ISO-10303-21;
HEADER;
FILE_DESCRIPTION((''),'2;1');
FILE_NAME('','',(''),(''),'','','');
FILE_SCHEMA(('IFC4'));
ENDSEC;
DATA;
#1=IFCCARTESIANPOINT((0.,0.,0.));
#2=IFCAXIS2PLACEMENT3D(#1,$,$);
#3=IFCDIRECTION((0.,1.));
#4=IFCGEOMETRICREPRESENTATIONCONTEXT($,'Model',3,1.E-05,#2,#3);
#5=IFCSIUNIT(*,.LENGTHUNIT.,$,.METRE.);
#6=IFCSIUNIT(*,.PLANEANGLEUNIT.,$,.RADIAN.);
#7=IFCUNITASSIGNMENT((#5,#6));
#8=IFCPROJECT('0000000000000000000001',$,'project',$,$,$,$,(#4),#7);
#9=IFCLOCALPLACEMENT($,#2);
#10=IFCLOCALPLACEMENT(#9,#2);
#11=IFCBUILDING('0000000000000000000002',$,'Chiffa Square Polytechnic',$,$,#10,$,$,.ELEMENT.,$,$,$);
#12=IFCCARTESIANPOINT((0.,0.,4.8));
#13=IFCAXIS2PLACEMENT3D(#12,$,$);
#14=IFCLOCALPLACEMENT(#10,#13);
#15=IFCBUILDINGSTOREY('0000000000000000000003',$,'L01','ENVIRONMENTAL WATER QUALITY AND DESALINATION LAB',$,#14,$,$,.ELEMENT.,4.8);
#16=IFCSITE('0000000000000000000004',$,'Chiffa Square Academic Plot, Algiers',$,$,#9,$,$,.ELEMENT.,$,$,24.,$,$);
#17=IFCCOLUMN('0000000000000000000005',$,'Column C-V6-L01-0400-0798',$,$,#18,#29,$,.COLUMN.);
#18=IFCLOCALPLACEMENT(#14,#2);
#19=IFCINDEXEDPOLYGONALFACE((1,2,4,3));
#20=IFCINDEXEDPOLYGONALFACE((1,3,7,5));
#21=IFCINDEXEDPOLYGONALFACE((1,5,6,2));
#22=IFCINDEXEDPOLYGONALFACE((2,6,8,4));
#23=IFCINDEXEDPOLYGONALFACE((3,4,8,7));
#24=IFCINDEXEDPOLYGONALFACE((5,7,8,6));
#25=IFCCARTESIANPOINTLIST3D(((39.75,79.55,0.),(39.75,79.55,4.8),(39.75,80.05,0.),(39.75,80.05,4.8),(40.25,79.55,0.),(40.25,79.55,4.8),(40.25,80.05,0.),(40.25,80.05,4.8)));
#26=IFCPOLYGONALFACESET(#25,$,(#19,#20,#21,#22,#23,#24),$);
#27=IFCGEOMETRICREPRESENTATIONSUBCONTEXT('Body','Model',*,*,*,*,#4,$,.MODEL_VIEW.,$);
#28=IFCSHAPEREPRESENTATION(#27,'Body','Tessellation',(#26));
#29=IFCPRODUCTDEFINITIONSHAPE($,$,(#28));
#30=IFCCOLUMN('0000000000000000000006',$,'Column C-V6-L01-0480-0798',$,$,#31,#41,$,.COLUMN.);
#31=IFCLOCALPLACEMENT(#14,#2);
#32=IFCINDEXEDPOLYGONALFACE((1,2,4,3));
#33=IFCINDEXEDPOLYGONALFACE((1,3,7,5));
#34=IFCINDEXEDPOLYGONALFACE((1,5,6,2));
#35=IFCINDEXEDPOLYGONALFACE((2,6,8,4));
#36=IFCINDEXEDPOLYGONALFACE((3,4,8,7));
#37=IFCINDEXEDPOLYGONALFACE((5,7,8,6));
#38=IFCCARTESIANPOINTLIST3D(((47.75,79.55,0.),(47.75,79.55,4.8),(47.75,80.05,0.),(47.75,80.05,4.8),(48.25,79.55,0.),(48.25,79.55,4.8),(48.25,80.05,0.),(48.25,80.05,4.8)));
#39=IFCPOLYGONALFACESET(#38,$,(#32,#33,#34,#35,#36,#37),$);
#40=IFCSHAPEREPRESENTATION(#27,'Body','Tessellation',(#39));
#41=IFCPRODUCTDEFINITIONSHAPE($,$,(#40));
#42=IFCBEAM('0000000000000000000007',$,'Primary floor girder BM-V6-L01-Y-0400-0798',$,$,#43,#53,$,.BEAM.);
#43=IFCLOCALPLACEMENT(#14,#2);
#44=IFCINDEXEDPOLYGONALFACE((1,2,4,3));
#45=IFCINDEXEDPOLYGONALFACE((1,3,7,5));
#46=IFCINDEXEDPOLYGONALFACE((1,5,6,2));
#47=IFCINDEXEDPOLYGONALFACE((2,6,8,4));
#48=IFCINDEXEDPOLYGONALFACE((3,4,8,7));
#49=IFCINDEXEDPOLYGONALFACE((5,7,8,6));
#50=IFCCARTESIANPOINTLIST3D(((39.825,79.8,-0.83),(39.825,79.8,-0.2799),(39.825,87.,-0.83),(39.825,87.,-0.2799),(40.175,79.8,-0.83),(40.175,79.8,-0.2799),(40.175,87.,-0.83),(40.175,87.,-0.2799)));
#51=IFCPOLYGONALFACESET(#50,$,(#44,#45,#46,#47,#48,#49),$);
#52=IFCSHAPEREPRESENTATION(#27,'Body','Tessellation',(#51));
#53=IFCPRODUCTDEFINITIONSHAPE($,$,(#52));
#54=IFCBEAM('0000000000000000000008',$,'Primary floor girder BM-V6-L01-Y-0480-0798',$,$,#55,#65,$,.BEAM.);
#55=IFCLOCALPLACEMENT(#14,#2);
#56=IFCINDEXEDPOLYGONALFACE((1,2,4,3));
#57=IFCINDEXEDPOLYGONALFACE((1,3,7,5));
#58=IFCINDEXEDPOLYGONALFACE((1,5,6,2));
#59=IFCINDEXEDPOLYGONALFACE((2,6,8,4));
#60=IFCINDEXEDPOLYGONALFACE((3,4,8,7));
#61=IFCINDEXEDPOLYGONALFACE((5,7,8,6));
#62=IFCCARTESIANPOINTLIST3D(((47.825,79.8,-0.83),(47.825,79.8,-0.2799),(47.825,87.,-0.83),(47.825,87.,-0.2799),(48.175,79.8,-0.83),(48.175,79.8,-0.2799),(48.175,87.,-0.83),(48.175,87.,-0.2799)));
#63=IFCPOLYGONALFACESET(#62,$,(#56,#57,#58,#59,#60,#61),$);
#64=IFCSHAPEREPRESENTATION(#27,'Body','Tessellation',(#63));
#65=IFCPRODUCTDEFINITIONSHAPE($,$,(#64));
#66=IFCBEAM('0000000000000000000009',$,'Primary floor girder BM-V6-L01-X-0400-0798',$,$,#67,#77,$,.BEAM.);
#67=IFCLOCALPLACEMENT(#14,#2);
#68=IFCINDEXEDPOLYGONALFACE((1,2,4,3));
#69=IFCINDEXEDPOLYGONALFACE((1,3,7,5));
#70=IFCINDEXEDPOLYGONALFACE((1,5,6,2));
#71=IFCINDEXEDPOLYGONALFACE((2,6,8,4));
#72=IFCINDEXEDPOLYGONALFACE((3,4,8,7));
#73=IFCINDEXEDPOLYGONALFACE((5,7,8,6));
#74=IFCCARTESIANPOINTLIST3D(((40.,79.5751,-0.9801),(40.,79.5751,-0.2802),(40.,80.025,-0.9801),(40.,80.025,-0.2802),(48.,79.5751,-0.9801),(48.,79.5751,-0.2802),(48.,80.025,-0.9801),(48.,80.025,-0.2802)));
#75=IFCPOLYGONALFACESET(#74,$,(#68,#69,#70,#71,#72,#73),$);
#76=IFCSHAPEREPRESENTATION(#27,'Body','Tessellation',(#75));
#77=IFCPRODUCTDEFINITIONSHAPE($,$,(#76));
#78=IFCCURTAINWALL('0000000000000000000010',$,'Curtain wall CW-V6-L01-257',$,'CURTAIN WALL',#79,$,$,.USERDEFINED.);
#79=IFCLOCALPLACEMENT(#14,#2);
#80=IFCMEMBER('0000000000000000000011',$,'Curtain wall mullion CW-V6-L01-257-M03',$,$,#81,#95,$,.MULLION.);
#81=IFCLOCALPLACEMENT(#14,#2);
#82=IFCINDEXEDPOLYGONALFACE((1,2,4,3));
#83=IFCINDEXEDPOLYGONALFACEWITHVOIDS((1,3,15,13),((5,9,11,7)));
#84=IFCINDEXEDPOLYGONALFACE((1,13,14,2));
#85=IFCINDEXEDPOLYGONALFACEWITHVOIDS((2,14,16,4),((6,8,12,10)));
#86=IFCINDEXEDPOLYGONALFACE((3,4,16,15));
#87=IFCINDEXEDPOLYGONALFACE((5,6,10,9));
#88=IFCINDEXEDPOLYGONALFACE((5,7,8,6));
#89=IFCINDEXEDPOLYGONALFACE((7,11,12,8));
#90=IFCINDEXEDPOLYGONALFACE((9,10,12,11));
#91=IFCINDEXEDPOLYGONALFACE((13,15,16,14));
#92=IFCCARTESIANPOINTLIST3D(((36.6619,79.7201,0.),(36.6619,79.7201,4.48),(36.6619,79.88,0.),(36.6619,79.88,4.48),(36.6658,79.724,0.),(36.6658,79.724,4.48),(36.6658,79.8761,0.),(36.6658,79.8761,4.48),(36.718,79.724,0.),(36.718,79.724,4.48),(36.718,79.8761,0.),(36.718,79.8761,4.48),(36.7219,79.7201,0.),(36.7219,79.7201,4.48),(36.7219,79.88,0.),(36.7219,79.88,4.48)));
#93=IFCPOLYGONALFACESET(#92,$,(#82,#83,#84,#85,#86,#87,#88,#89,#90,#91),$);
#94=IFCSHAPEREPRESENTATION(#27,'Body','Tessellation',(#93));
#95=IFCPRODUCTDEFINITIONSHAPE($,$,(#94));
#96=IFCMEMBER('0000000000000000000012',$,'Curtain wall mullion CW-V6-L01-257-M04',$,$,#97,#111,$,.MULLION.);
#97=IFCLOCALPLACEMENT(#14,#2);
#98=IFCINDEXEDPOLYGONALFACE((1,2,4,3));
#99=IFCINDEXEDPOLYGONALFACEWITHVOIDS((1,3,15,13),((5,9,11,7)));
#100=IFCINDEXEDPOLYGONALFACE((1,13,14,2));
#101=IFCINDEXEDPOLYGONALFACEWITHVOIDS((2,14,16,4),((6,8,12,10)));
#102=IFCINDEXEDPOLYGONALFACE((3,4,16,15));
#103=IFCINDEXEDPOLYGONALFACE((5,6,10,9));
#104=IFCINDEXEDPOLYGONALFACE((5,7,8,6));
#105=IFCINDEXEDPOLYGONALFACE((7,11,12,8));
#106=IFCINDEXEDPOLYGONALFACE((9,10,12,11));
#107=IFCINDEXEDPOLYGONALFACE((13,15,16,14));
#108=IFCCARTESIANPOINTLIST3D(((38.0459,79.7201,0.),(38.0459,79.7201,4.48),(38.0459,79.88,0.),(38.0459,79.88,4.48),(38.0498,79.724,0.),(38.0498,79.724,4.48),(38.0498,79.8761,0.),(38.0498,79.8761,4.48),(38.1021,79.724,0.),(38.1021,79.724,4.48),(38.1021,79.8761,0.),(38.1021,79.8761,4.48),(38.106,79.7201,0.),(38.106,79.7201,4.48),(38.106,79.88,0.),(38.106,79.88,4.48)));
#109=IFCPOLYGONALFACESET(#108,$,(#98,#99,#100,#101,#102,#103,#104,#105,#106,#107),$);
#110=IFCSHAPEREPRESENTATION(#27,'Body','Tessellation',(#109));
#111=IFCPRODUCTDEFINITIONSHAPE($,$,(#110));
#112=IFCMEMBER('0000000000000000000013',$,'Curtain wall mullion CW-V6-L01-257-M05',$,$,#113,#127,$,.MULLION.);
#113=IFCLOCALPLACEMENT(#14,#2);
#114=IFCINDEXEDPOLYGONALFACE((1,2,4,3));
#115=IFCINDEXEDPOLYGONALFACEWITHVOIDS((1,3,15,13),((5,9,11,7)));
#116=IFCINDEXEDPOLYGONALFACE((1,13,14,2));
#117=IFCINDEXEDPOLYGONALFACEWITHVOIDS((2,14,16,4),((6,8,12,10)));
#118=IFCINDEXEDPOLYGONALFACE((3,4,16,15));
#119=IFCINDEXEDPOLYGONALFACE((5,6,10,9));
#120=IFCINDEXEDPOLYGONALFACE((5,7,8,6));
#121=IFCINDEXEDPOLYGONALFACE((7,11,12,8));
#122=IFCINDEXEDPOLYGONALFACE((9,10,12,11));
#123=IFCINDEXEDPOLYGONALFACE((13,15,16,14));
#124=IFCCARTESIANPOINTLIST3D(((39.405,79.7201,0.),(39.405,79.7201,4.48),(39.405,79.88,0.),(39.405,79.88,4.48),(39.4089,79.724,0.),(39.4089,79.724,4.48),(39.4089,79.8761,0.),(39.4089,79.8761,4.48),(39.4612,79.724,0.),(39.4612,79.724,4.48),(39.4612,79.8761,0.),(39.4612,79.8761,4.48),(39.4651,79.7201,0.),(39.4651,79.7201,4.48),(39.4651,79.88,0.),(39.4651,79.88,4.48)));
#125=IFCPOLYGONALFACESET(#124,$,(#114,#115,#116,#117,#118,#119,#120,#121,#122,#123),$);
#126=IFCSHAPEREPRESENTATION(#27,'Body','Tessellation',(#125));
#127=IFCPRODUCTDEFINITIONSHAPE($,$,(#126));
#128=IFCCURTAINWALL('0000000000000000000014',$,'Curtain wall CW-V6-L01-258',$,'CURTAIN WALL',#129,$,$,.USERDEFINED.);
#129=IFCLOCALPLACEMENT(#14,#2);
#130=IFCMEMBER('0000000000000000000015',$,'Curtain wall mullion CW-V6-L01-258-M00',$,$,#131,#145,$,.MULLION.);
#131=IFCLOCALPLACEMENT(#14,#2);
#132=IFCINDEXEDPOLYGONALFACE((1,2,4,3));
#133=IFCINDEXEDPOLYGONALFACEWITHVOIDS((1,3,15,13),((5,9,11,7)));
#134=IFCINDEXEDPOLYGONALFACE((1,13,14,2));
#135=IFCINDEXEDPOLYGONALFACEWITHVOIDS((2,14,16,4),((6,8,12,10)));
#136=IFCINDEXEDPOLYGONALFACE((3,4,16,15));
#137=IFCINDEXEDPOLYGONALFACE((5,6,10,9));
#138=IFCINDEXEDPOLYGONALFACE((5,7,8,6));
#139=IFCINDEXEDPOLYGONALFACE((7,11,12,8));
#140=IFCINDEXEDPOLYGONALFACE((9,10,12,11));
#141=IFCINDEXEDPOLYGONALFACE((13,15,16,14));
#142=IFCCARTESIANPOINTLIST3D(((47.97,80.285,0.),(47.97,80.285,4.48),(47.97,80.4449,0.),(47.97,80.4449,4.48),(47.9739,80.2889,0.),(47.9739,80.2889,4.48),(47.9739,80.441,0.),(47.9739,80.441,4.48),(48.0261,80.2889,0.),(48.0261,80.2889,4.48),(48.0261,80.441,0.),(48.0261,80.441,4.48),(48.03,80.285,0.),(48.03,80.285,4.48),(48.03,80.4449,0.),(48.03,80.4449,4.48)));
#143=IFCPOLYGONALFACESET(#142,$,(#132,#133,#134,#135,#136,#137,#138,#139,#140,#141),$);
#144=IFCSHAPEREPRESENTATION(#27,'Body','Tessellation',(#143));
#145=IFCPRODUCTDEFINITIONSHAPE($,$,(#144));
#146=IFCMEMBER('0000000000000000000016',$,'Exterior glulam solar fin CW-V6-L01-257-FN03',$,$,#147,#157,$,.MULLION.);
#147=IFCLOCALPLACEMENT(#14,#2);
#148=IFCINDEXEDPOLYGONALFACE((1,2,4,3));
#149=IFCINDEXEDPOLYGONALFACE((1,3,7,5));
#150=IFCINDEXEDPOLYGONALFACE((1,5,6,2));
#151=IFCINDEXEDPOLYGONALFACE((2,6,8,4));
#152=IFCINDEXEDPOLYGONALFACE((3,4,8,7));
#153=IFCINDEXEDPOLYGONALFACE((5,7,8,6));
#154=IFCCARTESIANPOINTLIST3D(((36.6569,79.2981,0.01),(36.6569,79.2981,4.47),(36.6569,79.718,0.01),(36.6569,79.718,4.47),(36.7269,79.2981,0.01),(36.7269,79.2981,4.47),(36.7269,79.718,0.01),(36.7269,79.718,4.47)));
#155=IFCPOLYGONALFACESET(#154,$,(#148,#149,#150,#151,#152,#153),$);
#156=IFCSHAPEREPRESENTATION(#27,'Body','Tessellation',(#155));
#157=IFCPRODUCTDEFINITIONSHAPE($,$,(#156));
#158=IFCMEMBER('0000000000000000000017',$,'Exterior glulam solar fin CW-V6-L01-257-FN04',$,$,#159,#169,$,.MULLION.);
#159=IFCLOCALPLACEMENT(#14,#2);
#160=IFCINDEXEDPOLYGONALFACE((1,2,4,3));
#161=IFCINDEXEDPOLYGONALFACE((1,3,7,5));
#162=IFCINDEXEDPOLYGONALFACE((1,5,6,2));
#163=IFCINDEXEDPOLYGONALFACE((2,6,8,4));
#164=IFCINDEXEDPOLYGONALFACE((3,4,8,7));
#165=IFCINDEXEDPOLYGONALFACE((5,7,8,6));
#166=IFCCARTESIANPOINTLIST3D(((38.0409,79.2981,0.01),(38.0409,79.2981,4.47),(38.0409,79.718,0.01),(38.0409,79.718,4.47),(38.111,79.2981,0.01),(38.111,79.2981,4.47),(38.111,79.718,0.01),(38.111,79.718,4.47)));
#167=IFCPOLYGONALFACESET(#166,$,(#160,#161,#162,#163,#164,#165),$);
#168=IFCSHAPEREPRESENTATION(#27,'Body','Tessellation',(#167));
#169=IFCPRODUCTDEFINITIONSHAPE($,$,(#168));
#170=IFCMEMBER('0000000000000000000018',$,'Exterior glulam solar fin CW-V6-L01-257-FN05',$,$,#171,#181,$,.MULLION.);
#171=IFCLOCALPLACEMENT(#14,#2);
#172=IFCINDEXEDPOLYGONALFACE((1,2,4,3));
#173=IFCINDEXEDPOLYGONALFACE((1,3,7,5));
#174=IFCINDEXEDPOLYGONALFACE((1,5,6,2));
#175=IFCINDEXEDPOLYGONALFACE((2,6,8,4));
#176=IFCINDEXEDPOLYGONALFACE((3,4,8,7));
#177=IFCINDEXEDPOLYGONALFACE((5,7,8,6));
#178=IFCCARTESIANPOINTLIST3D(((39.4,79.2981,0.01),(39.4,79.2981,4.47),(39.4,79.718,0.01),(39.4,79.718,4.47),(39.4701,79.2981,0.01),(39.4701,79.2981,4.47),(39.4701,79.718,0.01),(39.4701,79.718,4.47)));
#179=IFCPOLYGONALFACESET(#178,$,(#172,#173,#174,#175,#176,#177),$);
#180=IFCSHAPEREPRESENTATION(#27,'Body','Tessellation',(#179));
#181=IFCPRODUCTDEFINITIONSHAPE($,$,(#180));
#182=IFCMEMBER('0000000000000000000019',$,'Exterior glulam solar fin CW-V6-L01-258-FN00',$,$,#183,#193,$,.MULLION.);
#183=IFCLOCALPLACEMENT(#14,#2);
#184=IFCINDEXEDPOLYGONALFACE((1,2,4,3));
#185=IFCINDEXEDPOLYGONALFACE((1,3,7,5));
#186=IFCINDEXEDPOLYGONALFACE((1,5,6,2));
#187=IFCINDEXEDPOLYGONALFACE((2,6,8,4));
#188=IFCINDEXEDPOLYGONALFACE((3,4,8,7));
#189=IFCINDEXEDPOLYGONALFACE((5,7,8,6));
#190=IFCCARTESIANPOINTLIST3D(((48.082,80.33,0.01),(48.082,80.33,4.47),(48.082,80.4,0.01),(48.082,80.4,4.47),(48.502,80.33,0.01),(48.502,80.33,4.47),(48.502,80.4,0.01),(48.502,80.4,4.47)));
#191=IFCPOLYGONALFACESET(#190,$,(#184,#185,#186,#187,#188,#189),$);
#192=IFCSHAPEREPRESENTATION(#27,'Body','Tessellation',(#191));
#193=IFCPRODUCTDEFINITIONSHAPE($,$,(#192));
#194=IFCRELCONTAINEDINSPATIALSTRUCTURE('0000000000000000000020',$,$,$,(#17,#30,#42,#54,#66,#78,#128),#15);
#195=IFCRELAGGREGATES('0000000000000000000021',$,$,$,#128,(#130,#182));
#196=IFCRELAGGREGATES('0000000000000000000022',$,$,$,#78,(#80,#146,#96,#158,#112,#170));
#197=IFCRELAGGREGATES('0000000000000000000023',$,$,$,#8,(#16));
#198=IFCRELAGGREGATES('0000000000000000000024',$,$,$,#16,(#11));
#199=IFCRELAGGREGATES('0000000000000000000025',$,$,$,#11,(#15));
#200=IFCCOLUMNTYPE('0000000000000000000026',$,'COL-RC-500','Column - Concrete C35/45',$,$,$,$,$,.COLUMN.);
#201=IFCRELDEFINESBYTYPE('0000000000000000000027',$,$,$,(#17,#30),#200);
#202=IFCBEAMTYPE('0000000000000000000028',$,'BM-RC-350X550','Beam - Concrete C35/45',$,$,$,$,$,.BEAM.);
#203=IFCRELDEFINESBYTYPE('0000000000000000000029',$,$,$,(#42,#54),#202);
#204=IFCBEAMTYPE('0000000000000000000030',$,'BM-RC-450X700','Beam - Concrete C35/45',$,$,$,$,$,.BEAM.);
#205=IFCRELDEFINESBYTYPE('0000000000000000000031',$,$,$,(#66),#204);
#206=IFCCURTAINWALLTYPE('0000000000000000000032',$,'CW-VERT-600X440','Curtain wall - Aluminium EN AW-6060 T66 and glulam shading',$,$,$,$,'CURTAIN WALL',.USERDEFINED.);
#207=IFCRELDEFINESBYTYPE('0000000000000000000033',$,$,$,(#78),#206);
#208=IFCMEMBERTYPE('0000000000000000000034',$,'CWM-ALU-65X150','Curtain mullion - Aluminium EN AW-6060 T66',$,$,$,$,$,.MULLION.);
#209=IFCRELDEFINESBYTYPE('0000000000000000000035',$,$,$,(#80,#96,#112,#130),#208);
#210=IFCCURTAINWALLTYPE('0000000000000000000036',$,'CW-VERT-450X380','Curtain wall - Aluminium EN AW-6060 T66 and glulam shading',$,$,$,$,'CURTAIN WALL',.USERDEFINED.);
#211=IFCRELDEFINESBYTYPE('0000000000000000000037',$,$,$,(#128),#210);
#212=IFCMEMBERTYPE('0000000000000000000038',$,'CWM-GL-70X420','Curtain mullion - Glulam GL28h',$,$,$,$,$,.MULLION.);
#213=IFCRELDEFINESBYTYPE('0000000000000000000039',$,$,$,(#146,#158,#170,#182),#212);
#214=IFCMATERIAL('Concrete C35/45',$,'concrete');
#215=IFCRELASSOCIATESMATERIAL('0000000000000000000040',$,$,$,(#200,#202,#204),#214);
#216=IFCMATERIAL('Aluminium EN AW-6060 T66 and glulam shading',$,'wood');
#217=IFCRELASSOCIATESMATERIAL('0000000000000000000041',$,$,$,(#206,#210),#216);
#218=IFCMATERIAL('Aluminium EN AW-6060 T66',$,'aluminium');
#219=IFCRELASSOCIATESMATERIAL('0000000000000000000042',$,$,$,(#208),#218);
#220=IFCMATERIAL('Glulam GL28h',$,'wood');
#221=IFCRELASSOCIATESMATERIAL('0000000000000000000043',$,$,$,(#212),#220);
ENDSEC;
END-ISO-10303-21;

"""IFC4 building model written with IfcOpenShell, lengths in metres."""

from ifc_helpers import new_model, si_unit, direction, frame, origin, origin_2d, place, context, subcontext, project, spatial, rectangle, hollow_rectangle, extrude, material, material_profile, profile_set, type_object, element, aggregate, save


model = new_model("IFC4")

# Units and contexts
model_context = context("Model", 3, precision=1e-05, world=origin(), true_north=direction((0.0, 1.0)))
body_context = subcontext(model_context, "Body", "Model", "MODEL_VIEW")
ifc_project = project(units=[si_unit("LENGTHUNIT", "METRE"), si_unit("PLANEANGLEUNIT", "RADIAN")], contexts=[model_context])

# Site, building, storey
site_placement = place(None, origin())
site = spatial("IfcSite", under=ifc_project, at=site_placement, Name="Chiffa Square Academic Plot, Algiers", CompositionType="ELEMENT", RefElevation=24.0)
building_placement = place(site_placement, origin())
building = spatial("IfcBuilding", under=site, at=building_placement, Name="Chiffa Square Polytechnic", CompositionType="ELEMENT")
storey_placement = place(building_placement, frame((0.0, 0.0, 4.8)))
storey = spatial("IfcBuildingStorey", under=building, at=storey_placement, Name="L01", Description="ENVIRONMENTAL WATER QUALITY AND DESALINATION LAB", CompositionType="ELEMENT", Elevation=4.8)

# Columns
ifc_material_1 = material(Name="Concrete C35/45", Category="concrete")
ifc_material_profile_1 = material_profile(ifc_material_1, rectangle(XDim=0.5, YDim=0.5, at=origin_2d()), Name="RC 500x500")
ifc_profile_set_1 = profile_set([ifc_material_profile_1], Name="Concrete C35/45")
column_type = type_object("IfcColumnType", Name="COL-RC-500", Description="Column - Concrete C35/45", PredefinedType="COLUMN", material=ifc_profile_set_1)
for number, where, z_axis, x_axis, name in (
    (1, (40.0, 79.8, 0.0), (0.0, 0.0, 1.0), (1.0, 0.0, 0.0), "Column C-V6-L01-0400-0798"),
    (2, (48.0, 79.8, 0.0), (0.0, 0.0, 1.0), (1.0, 0.0, 0.0), "Column C-V6-L01-0480-0798"),
):
    element("IfcColumn", number, at=place(storey_placement, frame(where, z_axis=z_axis, x_axis=x_axis)), inside=storey, type_object=column_type, Name=name, PredefinedType="COLUMN", context=body_context, shape_type="SweptSolid", body=[
        extrude(rectangle(XDim=0.5, YDim=0.5, at=origin_2d()), origin(), (0.0, 0.0, 1.0), 4.8),
    ])

# Beams
ifc_material_profile_2 = material_profile(ifc_material_1, rectangle(XDim=0.3501, YDim=0.55, at=origin_2d()), Name="RC 350x550")
ifc_profile_set_2 = profile_set([ifc_material_profile_2], Name="Concrete C35/45")
beam_type_1 = type_object("IfcBeamType", Name="BM-RC-350X550", Description="Beam - Concrete C35/45", PredefinedType="BEAM", material=ifc_profile_set_2)
for number, where, z_axis, x_axis, name in (
    (3, (40.0, 79.8, -0.5549), (0.0, 1.0, 0.0), (-1.0, 0.0, 0.0), "Primary floor girder BM-V6-L01-Y-0400-0798"),
    (4, (48.0, 79.8, -0.5549), (0.0, 1.0, 0.0), (-1.0, 0.0, 0.0), "Primary floor girder BM-V6-L01-Y-0480-0798"),
):
    element("IfcBeam", number, at=place(storey_placement, frame(where, z_axis=z_axis, x_axis=x_axis)), inside=storey, type_object=beam_type_1, Name=name, PredefinedType="BEAM", context=body_context, shape_type="SweptSolid", body=[
        extrude(rectangle(XDim=0.3501, YDim=0.55, at=origin_2d()), origin(), (0.0, 0.0, 1.0), 7.2),
    ])
ifc_material_profile_3 = material_profile(ifc_material_1, rectangle(XDim=0.45, YDim=0.7, at=origin_2d()), Name="RC 450x700")
ifc_profile_set_3 = profile_set([ifc_material_profile_3], Name="Concrete C35/45")
beam_type_2 = type_object("IfcBeamType", Name="BM-RC-450X700", Description="Beam - Concrete C35/45", PredefinedType="BEAM", material=ifc_profile_set_3)
beam_placement = place(storey_placement, frame((40.0, 79.8, -0.6301), z_axis=(1.0, 0.0, 0.0), x_axis=(0.0, 1.0, 0.0)))
element("IfcBeam", 5, at=beam_placement, inside=storey, type_object=beam_type_2, Name="Primary floor girder BM-V6-L01-X-0400-0798", PredefinedType="BEAM", context=body_context, shape_type="SweptSolid", body=[
    extrude(rectangle(XDim=0.45, YDim=0.7, at=origin_2d()), origin(), (0.0, 0.0, 1.0), 8.0),
])

# Curtain wall, members
ifc_material_2 = material(Name="Aluminium EN AW-6060 T66 and glulam shading", Category="wood")
curtain_wall_type_1 = type_object("IfcCurtainWallType", Name="CW-VERT-600X440", Description="Curtain wall - Aluminium EN AW-6060 T66 and glulam shading", ElementType="CURTAIN WALL", PredefinedType="USERDEFINED", material=ifc_material_2)
curtain_wall_1_placement = place(storey_placement, origin())
curtain_wall_1 = element("IfcCurtainWall", 6, at=curtain_wall_1_placement, inside=storey, type_object=curtain_wall_type_1, Name="Curtain wall CW-V6-L01-257", ObjectType="CURTAIN WALL", PredefinedType="USERDEFINED")
ifc_material_3 = material(Name="Aluminium EN AW-6060 T66", Category="aluminium")
ifc_material_profile_4 = material_profile(ifc_material_3, hollow_rectangle(XDim=0.0601, YDim=0.1599, WallThickness=0.0039, at=origin_2d()), Name="ALU 60x160x4")
ifc_profile_set_4 = profile_set([ifc_material_profile_4], Name="Aluminium EN AW-6060 T66")
member_type_1 = type_object("IfcMemberType", Name="CWM-ALU-65X150", Description="Curtain mullion - Aluminium EN AW-6060 T66", PredefinedType="MULLION", material=ifc_profile_set_4)
member_1_placement = place(storey_placement, frame((36.6919, 79.8, 0.0), z_axis=(0.0, 0.0, 1.0), x_axis=(1.0, 0.0, 0.0)))
member_1 = element("IfcMember", 7, at=member_1_placement, type_object=member_type_1, Name="Curtain wall mullion CW-V6-L01-257-M03", PredefinedType="MULLION", context=body_context, shape_type="SweptSolid", body=[
    extrude(hollow_rectangle(XDim=0.0601, YDim=0.1599, WallThickness=0.0039, at=origin_2d()), origin(), (0.0, 0.0, 1.0), 4.48),
])
member_2_placement = place(storey_placement, frame((38.0759, 79.8, 0.0), z_axis=(0.0, 0.0, 1.0), x_axis=(1.0, 0.0, 0.0)))
member_2 = element("IfcMember", 8, at=member_2_placement, type_object=member_type_1, Name="Curtain wall mullion CW-V6-L01-257-M04", PredefinedType="MULLION", context=body_context, shape_type="SweptSolid", body=[
    extrude(hollow_rectangle(XDim=0.0601, YDim=0.1599, WallThickness=0.0039, at=origin_2d()), origin(), (0.0, 0.0, 1.0), 4.48),
])
member_3_placement = place(storey_placement, frame((39.4351, 79.8, 0.0), z_axis=(0.0, 0.0, 1.0), x_axis=(1.0, 0.0, 0.0)))
member_3 = element("IfcMember", 9, at=member_3_placement, type_object=member_type_1, Name="Curtain wall mullion CW-V6-L01-257-M05", PredefinedType="MULLION", context=body_context, shape_type="SweptSolid", body=[
    extrude(hollow_rectangle(XDim=0.0601, YDim=0.1599, WallThickness=0.0039, at=origin_2d()), origin(), (0.0, 0.0, 1.0), 4.48),
])

# Curtain wall, member
curtain_wall_type_2 = type_object("IfcCurtainWallType", Name="CW-VERT-450X380", Description="Curtain wall - Aluminium EN AW-6060 T66 and glulam shading", ElementType="CURTAIN WALL", PredefinedType="USERDEFINED", material=ifc_material_2)
curtain_wall_2_placement = place(storey_placement, origin())
curtain_wall_2 = element("IfcCurtainWall", 10, at=curtain_wall_2_placement, inside=storey, type_object=curtain_wall_type_2, Name="Curtain wall CW-V6-L01-258", ObjectType="CURTAIN WALL", PredefinedType="USERDEFINED")
member_4_placement = place(storey_placement, frame((48.0, 80.365, 0.0), z_axis=(0.0, 0.0, 1.0), x_axis=(1.0, 0.0, 0.0)))
member_4 = element("IfcMember", 11, at=member_4_placement, type_object=member_type_1, Name="Curtain wall mullion CW-V6-L01-258-M00", PredefinedType="MULLION", context=body_context, shape_type="SweptSolid", body=[
    extrude(hollow_rectangle(XDim=0.0601, YDim=0.1599, WallThickness=0.0039, at=origin_2d()), origin(), (0.0, 0.0, 1.0), 4.48),
])

# Members
ifc_material_4 = material(Name="Glulam GL28h", Category="wood")
ifc_material_profile_5 = material_profile(ifc_material_4, rectangle(XDim=0.0701, YDim=0.4199, at=origin_2d()), Name="GL28h 70x420")
ifc_profile_set_5 = profile_set([ifc_material_profile_5], Name="Glulam GL28h")
member_type_2 = type_object("IfcMemberType", Name="CWM-GL-70X420", Description="Curtain mullion - Glulam GL28h", PredefinedType="MULLION", material=ifc_profile_set_5)
member_5_placement = place(storey_placement, frame((36.6919, 79.5081, 0.01), z_axis=(0.0, 0.0, 1.0), x_axis=(1.0, 0.0, 0.0)))
member_5 = element("IfcMember", 12, at=member_5_placement, type_object=member_type_2, Name="Exterior glulam solar fin CW-V6-L01-257-FN03", PredefinedType="MULLION", context=body_context, shape_type="SweptSolid", body=[
    extrude(rectangle(XDim=0.0701, YDim=0.4199, at=origin_2d()), origin(), (0.0, 0.0, 1.0), 4.46),
])
member_6_placement = place(storey_placement, frame((38.0759, 79.5081, 0.01), z_axis=(0.0, 0.0, 1.0), x_axis=(1.0, 0.0, 0.0)))
member_6 = element("IfcMember", 13, at=member_6_placement, type_object=member_type_2, Name="Exterior glulam solar fin CW-V6-L01-257-FN04", PredefinedType="MULLION", context=body_context, shape_type="SweptSolid", body=[
    extrude(rectangle(XDim=0.0701, YDim=0.4199, at=origin_2d()), origin(), (0.0, 0.0, 1.0), 4.46),
])
member_7_placement = place(storey_placement, frame((39.4351, 79.5081, 0.01), z_axis=(0.0, 0.0, 1.0), x_axis=(1.0, 0.0, 0.0)))
member_7 = element("IfcMember", 14, at=member_7_placement, type_object=member_type_2, Name="Exterior glulam solar fin CW-V6-L01-257-FN05", PredefinedType="MULLION", context=body_context, shape_type="SweptSolid", body=[
    extrude(rectangle(XDim=0.0701, YDim=0.4199, at=origin_2d()), origin(), (0.0, 0.0, 1.0), 4.46),
])
member_8_placement = place(storey_placement, frame((48.292, 80.365, 0.01), z_axis=(0.0, 0.0, 1.0), x_axis=(0.0, 1.0, 0.0)))
member_8 = element("IfcMember", 15, at=member_8_placement, type_object=member_type_2, Name="Exterior glulam solar fin CW-V6-L01-258-FN00", PredefinedType="MULLION", context=body_context, shape_type="SweptSolid", body=[
    extrude(rectangle(XDim=0.0701, YDim=0.4199, at=origin_2d()), origin(), (0.0, 0.0, 1.0), 4.46),
])

aggregate(curtain_wall_2, [member_4, member_8])
aggregate(curtain_wall_1, [member_1, member_5, member_2, member_6, member_3, member_7])

save(model, "model.ifc")
